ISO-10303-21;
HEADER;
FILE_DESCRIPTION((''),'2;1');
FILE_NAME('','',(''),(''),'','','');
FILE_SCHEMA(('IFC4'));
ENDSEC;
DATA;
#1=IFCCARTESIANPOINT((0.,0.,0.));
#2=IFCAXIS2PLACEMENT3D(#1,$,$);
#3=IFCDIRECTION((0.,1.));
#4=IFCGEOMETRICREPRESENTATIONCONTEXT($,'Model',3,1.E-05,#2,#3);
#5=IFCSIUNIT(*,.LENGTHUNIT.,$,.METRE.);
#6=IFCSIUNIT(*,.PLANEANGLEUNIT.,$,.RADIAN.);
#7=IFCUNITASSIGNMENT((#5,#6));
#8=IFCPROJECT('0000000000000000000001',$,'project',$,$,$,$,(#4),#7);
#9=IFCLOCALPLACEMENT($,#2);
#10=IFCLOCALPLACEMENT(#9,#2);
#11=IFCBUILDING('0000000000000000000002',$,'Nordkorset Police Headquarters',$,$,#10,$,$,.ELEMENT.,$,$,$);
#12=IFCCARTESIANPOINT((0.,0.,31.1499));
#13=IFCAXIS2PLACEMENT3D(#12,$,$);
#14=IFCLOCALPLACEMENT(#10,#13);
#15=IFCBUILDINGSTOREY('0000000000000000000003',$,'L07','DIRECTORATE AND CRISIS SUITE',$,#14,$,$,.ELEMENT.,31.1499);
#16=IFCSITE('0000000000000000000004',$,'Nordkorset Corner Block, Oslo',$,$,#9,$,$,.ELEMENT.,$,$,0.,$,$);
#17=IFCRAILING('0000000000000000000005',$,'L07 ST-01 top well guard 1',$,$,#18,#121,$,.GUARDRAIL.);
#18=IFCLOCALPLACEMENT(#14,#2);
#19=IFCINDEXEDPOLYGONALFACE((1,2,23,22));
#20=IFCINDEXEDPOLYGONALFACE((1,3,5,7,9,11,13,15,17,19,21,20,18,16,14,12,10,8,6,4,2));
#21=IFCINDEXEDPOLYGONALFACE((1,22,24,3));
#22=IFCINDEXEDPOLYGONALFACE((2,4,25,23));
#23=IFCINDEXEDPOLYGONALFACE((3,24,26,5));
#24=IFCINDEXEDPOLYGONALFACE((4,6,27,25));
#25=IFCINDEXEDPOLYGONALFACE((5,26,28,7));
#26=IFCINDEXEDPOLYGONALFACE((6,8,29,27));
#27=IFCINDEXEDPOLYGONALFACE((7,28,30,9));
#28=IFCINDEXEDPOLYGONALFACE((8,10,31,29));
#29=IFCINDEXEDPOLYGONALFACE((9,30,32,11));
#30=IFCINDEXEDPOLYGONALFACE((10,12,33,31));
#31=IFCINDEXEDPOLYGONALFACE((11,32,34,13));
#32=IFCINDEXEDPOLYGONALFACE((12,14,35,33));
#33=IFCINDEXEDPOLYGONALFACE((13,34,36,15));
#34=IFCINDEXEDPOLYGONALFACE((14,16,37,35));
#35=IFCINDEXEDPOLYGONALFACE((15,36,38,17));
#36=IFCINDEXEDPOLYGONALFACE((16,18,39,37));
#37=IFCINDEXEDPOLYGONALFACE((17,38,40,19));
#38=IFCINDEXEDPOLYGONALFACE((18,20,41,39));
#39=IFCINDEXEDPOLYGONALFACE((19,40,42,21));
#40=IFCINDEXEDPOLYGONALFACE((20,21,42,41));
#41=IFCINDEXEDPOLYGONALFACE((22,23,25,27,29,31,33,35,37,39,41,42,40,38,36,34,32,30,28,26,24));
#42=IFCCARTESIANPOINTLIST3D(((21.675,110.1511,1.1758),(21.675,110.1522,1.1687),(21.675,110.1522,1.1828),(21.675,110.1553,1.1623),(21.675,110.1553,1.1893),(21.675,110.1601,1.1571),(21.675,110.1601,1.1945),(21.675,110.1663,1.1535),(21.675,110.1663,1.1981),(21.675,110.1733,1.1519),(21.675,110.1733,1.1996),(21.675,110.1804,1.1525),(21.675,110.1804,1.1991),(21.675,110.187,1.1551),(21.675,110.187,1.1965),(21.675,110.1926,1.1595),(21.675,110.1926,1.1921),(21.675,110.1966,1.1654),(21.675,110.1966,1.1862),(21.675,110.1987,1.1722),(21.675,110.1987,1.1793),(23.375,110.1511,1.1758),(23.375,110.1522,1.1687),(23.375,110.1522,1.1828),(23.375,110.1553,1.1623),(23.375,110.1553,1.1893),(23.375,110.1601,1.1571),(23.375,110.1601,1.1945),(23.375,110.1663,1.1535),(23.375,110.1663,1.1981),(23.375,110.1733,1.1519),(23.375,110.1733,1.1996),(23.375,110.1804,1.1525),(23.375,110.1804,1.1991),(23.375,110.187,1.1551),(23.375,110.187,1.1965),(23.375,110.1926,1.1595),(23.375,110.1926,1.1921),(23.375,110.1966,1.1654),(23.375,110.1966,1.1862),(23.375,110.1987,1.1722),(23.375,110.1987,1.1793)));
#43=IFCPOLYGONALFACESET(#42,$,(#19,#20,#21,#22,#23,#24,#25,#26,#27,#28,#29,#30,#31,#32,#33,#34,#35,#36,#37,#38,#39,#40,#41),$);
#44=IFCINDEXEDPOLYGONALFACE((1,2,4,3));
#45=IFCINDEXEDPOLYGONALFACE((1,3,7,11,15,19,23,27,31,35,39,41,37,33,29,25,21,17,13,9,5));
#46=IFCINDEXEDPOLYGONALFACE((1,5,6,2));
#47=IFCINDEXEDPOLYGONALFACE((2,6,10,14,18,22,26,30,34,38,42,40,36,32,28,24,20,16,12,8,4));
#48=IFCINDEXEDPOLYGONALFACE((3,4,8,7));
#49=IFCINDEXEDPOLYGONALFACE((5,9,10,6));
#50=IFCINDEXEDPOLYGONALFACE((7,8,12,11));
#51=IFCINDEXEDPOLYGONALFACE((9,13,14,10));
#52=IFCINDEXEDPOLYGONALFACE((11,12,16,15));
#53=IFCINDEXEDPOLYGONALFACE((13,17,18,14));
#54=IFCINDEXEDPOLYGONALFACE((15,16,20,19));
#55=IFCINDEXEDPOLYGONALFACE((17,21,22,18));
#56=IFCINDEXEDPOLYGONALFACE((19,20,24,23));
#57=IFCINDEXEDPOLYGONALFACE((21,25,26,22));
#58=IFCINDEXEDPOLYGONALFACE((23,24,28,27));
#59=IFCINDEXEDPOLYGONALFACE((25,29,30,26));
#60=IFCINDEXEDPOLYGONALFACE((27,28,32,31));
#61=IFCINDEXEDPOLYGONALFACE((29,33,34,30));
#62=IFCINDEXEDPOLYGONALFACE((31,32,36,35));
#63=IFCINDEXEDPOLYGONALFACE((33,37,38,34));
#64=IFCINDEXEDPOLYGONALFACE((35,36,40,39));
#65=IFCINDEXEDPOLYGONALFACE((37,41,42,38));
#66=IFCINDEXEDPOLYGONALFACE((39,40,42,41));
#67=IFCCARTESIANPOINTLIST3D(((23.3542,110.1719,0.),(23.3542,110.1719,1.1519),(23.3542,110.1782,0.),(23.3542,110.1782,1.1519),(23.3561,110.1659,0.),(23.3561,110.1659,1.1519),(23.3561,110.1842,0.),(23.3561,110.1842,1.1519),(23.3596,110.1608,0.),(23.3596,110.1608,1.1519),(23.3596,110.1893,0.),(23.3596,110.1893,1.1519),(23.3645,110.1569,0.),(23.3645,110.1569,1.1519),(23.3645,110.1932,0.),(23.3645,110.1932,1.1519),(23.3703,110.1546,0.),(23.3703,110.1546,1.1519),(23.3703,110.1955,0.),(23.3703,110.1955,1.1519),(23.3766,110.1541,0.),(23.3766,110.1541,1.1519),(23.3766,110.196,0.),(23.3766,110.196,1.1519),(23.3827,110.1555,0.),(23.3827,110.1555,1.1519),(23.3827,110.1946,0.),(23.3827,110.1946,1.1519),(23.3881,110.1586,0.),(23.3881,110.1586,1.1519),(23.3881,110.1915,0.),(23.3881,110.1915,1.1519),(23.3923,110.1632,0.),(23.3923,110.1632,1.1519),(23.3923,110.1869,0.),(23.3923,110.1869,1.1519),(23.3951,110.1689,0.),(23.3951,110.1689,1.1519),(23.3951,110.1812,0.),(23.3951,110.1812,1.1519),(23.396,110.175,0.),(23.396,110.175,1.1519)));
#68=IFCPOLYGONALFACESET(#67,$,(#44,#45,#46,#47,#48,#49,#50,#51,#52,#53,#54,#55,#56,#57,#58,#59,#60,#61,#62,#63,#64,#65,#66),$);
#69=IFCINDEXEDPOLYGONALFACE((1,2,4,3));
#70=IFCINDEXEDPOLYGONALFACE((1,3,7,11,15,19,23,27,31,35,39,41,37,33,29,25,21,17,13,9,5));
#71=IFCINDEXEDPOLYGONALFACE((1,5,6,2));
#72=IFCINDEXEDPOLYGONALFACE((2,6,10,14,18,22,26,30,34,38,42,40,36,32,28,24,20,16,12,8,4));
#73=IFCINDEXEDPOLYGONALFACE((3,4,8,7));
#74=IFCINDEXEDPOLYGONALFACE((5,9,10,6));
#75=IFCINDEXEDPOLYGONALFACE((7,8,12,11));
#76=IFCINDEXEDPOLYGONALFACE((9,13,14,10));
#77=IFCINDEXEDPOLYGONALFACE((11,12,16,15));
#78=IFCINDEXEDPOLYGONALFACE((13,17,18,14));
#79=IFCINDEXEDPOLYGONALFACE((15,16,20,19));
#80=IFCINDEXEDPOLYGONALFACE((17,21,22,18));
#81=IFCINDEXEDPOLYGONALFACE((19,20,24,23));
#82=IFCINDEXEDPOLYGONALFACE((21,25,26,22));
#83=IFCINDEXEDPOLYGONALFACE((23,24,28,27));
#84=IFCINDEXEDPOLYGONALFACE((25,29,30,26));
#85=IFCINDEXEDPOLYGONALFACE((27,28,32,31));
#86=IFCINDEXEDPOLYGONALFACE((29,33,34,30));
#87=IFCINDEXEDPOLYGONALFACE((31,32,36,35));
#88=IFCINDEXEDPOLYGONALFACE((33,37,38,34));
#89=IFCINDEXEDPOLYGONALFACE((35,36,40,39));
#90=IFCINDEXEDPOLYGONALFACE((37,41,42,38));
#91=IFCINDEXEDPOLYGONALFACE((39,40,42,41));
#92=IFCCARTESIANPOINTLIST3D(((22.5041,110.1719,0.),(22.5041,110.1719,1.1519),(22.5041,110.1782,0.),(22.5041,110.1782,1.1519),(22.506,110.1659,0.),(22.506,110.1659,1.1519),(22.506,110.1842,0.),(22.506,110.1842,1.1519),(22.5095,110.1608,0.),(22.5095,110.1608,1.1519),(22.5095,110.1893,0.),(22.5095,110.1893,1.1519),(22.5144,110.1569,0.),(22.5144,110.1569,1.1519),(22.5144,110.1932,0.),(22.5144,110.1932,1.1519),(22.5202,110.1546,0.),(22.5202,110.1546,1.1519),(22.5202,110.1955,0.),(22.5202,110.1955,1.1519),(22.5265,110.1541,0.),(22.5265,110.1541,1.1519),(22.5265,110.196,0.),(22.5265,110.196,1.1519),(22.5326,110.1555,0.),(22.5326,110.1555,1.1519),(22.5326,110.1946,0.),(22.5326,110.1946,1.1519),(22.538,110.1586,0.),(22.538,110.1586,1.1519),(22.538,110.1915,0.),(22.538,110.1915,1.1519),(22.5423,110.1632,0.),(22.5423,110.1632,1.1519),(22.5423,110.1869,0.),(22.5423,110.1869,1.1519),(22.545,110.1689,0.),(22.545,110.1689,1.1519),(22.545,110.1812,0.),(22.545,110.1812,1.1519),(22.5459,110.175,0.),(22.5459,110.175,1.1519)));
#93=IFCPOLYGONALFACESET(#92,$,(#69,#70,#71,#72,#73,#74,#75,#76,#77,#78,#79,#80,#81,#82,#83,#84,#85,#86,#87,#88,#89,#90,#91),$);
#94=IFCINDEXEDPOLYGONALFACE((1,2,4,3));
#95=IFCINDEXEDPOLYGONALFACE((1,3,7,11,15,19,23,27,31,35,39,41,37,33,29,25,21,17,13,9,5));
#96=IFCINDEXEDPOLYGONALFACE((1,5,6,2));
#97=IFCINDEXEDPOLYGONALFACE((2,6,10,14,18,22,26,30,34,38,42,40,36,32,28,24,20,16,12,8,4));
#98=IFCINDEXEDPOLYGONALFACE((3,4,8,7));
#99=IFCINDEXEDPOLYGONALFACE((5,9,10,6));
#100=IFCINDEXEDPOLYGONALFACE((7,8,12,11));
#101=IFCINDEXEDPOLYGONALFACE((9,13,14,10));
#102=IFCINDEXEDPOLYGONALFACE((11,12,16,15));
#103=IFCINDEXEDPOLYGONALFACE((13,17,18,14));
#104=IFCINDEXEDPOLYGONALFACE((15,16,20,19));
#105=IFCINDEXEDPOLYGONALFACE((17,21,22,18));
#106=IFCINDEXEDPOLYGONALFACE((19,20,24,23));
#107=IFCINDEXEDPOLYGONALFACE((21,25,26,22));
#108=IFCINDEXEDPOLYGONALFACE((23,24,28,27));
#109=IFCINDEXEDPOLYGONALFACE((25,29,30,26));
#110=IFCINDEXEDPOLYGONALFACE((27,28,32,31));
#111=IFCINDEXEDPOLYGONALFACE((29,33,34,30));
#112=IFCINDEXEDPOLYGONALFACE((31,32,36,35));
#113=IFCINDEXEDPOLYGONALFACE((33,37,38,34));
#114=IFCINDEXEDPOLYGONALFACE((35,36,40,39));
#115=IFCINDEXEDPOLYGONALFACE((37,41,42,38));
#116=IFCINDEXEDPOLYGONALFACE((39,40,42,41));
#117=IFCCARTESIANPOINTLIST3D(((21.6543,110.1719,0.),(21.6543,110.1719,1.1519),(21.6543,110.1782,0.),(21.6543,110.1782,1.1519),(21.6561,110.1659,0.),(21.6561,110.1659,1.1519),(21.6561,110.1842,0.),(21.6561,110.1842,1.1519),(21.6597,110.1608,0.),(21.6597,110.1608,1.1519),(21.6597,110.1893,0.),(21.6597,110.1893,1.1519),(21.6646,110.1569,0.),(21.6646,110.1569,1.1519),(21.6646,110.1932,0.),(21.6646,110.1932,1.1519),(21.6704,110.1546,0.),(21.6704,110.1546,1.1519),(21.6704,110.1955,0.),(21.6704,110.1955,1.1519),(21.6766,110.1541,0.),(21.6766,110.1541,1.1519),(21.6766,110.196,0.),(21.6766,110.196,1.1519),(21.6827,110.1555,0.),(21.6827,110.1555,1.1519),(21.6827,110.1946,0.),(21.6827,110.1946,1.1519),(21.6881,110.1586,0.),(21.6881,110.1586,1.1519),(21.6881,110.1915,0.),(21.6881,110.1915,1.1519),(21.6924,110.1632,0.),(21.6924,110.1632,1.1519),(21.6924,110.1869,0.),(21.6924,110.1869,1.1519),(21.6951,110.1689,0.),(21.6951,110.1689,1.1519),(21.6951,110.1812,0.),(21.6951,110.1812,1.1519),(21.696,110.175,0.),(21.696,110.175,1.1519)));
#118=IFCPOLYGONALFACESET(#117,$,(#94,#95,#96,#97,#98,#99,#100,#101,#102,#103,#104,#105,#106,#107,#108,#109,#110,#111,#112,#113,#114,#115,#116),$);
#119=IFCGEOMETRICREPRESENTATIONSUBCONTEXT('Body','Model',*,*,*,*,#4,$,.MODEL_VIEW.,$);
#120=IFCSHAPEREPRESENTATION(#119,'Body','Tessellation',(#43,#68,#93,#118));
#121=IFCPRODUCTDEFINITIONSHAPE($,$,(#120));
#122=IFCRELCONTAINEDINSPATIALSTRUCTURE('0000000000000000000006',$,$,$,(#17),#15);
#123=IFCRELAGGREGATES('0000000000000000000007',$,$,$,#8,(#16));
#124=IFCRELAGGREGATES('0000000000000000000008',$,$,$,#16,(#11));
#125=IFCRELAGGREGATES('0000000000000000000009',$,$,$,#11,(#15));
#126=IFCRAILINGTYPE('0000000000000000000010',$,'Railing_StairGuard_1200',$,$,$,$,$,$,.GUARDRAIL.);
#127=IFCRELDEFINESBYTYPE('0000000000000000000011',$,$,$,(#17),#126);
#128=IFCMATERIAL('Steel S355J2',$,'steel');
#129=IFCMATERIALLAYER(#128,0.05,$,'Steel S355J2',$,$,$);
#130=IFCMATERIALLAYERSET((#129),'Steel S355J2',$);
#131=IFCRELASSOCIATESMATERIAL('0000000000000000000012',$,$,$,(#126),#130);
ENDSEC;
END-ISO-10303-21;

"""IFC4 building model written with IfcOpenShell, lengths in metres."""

from ifc_helpers import new_model, si_unit, direction, frame, origin, origin_2d, place, context, subcontext, project, spatial, circle, extrude, material, layer, layer_set, type_object, element, save


model = new_model("IFC4")

# Units and contexts
model_context = context("Model", 3, precision=1e-05, world=origin(), true_north=direction((0.0, 1.0)))
body_context = subcontext(model_context, "Body", "Model", "MODEL_VIEW")
ifc_project = project(units=[si_unit("LENGTHUNIT", "METRE"), si_unit("PLANEANGLEUNIT", "RADIAN")], contexts=[model_context])

# Site, building, storey
site_placement = place(None, origin())
site = spatial("IfcSite", under=ifc_project, at=site_placement, Name="Nordkorset Corner Block, Oslo", CompositionType="ELEMENT", RefElevation=0.0)
building_placement = place(site_placement, origin())
building = spatial("IfcBuilding", under=site, at=building_placement, Name="Nordkorset Police Headquarters", CompositionType="ELEMENT")
storey_placement = place(building_placement, frame((0.0, 0.0, 31.1499)))
storey = spatial("IfcBuildingStorey", under=building, at=storey_placement, Name="L07", Description="DIRECTORATE AND CRISIS SUITE", CompositionType="ELEMENT", Elevation=31.1499)

# Railing
ifc_material_1 = material(Name="Steel S355J2", Category="steel")
ifc_layer_1 = layer(ifc_material_1, 0.05, Name="Steel S355J2")
ifc_layer_set_1 = layer_set([ifc_layer_1], Name="Steel S355J2")
railing_type = type_object("IfcRailingType", Name="Railing_StairGuard_1200", PredefinedType="GUARDRAIL", material=ifc_layer_set_1)
railing_placement = place(storey_placement, frame((23.375, 110.175, 0.0)))
element("IfcRailing", 1, at=railing_placement, inside=storey, type_object=railing_type, Name="L07 ST-01 top well guard 1", PredefinedType="GUARDRAIL", context=body_context, shape_type="SweptSolid", body=[
    extrude(circle(Radius=0.0239, at=origin_2d()), frame((0.0, 0.0, 1.1758), z_axis=(-1.0, 0.0, 0.0), x_axis=(0.0, -1.0, 0.0)), (0.0, 0.0, 1.0), 1.7),
    extrude(circle(Radius=0.021, at=origin_2d()), origin(), (0.0, 0.0, 1.0), 1.1519),
    extrude(circle(Radius=0.021, at=origin_2d()), frame((-0.8501, 0.0, 0.0)), (0.0, 0.0, 1.0), 1.1519),
    extrude(circle(Radius=0.021, at=origin_2d()), frame((-1.7, 0.0, 0.0)), (0.0, 0.0, 1.0), 1.1519),
])

save(model, "model.ifc")
